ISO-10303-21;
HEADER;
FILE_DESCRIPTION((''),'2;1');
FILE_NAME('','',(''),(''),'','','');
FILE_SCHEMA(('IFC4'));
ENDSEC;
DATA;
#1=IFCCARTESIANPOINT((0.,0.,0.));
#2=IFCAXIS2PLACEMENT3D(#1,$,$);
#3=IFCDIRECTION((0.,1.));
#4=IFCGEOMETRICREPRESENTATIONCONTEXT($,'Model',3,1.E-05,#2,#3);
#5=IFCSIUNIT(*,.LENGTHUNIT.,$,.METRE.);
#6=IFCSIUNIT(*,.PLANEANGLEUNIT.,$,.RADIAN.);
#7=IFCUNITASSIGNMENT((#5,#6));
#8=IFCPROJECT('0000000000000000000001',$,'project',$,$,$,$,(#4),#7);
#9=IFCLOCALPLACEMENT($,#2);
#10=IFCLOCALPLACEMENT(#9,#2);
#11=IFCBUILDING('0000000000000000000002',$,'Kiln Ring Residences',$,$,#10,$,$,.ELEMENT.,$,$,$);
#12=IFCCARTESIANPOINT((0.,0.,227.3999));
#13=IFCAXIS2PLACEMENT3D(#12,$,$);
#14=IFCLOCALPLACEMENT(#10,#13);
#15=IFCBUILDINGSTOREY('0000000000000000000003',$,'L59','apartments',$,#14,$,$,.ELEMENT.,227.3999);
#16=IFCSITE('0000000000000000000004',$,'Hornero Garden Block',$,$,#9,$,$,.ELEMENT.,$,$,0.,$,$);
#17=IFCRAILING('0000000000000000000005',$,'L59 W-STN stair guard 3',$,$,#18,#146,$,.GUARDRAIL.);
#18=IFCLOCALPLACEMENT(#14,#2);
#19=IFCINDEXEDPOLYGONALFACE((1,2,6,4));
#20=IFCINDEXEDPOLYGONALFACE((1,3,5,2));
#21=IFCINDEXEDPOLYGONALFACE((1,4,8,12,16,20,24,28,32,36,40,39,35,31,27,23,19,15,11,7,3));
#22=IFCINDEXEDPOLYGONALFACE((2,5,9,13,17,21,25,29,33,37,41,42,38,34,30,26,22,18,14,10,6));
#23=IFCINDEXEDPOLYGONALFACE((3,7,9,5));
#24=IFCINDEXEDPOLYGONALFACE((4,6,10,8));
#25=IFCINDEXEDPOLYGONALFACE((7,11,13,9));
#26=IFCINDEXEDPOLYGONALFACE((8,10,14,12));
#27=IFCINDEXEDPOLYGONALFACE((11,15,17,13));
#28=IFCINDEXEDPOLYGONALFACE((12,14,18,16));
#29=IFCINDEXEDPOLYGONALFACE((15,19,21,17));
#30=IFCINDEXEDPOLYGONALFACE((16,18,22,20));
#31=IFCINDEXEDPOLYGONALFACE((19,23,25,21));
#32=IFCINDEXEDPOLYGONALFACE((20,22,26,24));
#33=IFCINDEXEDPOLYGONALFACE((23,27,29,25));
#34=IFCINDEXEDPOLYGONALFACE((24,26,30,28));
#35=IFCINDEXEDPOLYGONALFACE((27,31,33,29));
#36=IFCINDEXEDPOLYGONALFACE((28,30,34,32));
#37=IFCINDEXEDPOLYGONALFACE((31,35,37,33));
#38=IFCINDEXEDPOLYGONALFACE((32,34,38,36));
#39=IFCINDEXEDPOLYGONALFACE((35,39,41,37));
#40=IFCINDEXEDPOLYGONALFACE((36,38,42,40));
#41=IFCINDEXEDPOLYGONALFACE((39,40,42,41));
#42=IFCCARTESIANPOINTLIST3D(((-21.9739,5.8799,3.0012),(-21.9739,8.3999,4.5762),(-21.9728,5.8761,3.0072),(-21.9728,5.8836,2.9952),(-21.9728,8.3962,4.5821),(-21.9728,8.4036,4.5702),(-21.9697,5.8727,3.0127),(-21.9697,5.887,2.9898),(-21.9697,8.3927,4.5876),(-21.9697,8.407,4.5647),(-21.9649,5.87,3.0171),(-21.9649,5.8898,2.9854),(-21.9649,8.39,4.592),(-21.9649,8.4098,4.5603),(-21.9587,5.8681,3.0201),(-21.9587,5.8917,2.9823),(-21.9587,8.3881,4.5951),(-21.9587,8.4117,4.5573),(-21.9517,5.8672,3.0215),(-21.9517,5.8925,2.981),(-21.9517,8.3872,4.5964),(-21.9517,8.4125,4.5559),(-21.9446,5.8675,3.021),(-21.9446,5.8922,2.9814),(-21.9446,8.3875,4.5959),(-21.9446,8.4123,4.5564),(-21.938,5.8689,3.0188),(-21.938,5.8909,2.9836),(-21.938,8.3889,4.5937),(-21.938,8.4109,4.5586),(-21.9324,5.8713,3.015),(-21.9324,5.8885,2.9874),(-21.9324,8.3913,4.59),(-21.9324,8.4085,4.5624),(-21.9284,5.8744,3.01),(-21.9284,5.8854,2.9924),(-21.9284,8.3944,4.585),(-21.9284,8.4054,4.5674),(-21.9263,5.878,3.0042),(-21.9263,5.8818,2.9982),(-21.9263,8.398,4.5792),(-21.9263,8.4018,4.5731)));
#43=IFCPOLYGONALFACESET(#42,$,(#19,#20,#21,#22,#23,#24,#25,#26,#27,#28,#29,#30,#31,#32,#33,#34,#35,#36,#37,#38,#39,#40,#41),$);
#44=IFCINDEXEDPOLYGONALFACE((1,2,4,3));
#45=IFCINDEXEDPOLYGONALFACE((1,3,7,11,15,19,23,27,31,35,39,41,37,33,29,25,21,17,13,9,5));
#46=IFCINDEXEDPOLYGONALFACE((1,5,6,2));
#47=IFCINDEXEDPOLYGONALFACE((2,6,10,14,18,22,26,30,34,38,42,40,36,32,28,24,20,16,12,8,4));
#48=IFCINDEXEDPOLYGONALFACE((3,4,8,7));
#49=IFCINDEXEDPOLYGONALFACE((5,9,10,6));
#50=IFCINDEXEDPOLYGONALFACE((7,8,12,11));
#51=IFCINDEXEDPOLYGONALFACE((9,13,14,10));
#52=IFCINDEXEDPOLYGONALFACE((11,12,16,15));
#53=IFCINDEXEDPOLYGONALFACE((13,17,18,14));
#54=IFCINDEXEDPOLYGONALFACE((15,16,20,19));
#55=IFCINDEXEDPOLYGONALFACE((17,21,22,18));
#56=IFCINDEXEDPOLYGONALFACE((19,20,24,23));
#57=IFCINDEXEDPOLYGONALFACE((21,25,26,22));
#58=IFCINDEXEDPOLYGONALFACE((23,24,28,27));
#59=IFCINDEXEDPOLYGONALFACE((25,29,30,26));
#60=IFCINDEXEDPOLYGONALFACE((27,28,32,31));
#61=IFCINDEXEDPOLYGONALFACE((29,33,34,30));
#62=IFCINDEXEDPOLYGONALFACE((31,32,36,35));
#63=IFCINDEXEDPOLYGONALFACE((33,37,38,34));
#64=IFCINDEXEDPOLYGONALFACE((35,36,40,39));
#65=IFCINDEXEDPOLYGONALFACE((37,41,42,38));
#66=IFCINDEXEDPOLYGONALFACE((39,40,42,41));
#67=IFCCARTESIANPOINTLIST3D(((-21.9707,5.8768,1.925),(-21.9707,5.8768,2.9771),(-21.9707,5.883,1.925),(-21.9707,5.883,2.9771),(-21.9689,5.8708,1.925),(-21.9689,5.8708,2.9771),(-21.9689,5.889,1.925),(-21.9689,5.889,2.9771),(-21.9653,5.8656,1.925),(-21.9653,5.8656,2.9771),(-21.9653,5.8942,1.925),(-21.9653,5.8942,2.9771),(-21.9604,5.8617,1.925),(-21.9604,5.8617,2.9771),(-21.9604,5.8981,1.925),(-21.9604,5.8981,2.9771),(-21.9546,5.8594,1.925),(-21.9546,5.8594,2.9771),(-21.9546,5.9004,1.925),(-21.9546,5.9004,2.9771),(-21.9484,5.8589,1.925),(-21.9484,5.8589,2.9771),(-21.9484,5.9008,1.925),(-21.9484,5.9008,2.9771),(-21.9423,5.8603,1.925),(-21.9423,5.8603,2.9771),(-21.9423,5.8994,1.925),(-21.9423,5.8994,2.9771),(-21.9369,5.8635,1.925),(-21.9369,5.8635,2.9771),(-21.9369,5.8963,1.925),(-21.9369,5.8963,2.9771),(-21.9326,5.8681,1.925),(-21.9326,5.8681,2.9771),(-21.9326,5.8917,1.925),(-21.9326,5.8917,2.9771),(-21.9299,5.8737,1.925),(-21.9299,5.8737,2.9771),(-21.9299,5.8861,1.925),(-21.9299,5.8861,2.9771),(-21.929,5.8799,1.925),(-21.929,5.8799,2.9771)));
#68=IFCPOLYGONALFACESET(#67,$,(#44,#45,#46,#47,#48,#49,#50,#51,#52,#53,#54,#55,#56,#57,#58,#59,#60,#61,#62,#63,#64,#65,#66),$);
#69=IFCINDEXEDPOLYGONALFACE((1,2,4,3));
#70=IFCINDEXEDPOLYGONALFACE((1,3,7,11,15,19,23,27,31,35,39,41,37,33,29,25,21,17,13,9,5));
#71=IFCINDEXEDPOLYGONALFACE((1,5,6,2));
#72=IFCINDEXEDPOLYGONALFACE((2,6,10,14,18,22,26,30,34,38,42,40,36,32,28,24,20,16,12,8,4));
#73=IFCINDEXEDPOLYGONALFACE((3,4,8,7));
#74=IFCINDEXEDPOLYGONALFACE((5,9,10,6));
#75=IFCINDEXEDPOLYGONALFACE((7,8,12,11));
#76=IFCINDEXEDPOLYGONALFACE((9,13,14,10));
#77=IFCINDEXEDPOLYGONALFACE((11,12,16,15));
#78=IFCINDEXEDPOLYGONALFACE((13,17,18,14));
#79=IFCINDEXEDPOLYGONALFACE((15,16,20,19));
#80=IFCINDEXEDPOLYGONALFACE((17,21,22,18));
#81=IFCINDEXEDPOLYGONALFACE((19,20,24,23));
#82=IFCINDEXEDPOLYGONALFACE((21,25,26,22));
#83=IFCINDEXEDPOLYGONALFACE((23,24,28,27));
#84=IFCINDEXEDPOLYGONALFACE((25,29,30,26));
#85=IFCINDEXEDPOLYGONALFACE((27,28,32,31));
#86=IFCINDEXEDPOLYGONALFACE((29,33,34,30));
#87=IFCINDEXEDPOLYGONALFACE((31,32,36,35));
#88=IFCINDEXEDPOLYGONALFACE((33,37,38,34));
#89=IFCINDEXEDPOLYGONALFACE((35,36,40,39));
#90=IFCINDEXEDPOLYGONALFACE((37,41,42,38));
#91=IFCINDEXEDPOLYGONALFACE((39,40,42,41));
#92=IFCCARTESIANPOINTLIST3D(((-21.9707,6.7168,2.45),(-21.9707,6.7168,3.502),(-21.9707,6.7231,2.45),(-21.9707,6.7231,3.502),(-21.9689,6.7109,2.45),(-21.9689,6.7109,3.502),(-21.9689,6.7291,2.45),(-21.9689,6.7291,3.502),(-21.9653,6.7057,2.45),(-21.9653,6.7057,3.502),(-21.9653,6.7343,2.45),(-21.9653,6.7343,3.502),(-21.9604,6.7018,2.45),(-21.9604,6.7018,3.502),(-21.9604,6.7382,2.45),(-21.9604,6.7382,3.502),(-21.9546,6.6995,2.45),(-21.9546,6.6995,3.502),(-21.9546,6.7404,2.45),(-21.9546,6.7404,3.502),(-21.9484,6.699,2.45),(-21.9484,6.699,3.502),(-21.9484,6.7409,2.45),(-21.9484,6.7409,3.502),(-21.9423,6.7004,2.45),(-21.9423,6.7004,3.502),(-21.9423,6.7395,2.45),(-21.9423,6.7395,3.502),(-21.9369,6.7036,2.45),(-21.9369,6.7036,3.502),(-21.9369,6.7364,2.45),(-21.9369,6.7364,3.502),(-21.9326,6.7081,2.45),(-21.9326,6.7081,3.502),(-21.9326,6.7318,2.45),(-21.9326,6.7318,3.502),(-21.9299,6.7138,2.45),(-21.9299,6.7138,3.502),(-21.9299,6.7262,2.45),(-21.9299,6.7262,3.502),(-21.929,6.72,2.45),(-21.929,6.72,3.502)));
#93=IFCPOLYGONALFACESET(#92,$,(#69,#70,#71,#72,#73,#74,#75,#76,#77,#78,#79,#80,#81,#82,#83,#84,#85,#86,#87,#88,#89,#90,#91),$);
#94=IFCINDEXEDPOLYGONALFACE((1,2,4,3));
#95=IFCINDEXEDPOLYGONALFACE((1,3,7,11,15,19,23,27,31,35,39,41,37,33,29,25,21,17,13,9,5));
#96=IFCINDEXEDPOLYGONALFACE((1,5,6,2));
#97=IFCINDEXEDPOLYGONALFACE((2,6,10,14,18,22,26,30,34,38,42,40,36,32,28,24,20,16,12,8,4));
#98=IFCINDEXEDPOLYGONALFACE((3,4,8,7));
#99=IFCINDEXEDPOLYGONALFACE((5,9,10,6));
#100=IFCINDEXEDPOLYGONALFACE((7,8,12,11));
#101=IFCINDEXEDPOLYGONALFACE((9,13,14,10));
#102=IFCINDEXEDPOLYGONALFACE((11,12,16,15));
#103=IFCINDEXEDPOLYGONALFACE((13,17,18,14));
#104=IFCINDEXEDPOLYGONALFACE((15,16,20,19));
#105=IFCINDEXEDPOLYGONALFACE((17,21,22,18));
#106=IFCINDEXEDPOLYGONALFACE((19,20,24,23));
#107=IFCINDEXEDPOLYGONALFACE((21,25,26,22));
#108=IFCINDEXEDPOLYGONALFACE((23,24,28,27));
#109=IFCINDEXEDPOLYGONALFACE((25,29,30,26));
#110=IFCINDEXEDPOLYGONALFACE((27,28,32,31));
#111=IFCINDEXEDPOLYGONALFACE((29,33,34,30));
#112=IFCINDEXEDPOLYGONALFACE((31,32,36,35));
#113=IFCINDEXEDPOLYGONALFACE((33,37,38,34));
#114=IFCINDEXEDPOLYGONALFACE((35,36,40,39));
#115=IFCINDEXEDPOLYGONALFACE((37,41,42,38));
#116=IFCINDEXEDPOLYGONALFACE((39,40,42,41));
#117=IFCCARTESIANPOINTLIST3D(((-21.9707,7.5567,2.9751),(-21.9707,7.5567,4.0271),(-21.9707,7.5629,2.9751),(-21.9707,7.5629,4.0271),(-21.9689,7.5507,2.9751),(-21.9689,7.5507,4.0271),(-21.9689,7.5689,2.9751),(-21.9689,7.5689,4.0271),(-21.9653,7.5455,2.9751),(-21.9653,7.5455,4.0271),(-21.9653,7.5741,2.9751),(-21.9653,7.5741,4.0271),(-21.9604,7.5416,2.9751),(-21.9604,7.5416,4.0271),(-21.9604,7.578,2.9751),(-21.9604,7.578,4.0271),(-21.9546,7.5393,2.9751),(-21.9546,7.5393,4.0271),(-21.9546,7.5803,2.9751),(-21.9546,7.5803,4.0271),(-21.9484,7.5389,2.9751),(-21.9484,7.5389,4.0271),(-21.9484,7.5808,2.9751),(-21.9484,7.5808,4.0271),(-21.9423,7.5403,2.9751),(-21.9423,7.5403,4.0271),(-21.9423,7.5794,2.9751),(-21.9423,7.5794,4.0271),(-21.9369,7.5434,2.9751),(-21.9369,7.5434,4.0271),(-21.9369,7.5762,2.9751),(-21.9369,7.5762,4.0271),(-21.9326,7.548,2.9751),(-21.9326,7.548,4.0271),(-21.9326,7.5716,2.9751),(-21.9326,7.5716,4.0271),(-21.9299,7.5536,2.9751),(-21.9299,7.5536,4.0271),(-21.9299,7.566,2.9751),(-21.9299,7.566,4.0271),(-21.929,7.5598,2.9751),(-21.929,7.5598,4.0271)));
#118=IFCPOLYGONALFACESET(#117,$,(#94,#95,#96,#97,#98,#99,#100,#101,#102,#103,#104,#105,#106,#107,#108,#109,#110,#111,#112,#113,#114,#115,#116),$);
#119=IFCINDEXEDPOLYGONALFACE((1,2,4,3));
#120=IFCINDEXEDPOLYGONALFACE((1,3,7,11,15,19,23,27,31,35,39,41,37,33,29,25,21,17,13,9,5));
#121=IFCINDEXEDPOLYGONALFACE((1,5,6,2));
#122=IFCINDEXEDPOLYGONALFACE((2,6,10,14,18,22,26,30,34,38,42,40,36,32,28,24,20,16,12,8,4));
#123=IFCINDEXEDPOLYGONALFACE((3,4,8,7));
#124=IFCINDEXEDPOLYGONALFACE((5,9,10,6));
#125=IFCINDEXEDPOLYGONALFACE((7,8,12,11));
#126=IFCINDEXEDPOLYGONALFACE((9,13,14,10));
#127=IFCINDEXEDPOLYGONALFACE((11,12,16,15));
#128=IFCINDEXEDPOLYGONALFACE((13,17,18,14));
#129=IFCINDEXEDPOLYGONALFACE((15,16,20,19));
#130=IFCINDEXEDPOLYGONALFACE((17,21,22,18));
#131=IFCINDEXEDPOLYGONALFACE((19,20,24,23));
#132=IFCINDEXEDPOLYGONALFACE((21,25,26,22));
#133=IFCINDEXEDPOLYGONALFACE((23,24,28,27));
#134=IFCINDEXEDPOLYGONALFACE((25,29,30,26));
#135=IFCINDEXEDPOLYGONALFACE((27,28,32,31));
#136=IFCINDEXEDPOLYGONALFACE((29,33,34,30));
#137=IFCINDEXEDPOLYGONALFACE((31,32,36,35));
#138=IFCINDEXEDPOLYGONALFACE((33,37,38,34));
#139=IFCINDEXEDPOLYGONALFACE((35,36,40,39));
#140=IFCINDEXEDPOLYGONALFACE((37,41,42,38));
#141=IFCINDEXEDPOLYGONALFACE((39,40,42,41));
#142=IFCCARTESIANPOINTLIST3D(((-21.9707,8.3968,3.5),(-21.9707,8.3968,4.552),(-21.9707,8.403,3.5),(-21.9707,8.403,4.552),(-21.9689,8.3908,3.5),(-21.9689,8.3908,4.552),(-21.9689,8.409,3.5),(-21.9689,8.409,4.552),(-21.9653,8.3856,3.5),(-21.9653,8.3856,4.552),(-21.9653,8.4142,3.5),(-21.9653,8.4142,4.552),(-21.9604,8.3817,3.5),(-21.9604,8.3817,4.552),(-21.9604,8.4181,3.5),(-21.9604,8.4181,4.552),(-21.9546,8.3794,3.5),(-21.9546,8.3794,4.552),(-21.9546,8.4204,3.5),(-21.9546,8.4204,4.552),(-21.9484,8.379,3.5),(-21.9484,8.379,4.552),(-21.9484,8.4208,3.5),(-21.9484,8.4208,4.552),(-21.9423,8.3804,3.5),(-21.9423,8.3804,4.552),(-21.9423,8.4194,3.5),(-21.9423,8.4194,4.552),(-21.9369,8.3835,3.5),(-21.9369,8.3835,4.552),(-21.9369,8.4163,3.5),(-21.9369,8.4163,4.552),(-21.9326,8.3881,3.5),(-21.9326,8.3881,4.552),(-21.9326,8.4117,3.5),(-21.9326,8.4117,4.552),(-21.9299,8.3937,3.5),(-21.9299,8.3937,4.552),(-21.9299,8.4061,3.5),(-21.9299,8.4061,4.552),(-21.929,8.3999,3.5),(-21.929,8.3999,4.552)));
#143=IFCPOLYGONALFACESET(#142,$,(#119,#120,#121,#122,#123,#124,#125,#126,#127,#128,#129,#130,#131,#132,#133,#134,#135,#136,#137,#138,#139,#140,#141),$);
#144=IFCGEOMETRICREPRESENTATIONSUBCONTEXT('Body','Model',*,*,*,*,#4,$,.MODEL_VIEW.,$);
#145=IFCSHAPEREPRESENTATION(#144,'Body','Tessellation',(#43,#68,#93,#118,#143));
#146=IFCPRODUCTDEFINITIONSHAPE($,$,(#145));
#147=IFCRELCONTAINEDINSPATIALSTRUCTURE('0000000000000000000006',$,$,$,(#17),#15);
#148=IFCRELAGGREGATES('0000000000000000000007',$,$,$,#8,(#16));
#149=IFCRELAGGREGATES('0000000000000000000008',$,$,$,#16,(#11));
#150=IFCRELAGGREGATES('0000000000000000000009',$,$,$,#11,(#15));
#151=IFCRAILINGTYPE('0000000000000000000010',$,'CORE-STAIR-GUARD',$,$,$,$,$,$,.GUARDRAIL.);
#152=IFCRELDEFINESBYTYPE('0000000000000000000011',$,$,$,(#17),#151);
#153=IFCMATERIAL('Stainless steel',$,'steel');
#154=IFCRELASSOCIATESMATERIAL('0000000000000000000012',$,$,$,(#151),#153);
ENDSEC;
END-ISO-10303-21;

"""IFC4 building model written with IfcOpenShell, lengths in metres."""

from ifc_helpers import new_model, si_unit, direction, frame, origin, origin_2d, place, context, subcontext, project, spatial, circle, extrude, material, type_object, element, save


model = new_model("IFC4")

# Units and contexts
model_context = context("Model", 3, precision=1e-05, world=origin(), true_north=direction((0.0, 1.0)))
body_context = subcontext(model_context, "Body", "Model", "MODEL_VIEW")
ifc_project = project(units=[si_unit("LENGTHUNIT", "METRE"), si_unit("PLANEANGLEUNIT", "RADIAN")], contexts=[model_context])

# Site, building, storey
site_placement = place(None, origin())
site = spatial("IfcSite", under=ifc_project, at=site_placement, Name="Hornero Garden Block", CompositionType="ELEMENT", RefElevation=0.0)
building_placement = place(site_placement, origin())
building = spatial("IfcBuilding", under=site, at=building_placement, Name="Kiln Ring Residences", CompositionType="ELEMENT")
storey_placement = place(building_placement, frame((0.0, 0.0, 227.3999)))
storey = spatial("IfcBuildingStorey", under=building, at=storey_placement, Name="L59", Description="apartments", CompositionType="ELEMENT", Elevation=227.3999)

# Railing
ifc_material_1 = material(Name="Stainless steel", Category="steel")
railing_type_1 = type_object("IfcRailingType", Name="CORE-STAIR-GUARD", PredefinedType="GUARDRAIL", material=ifc_material_1)
railing_1_placement = place(storey_placement, frame((-21.95, 5.8799, 1.925)))
element("IfcRailing", 1, at=railing_1_placement, inside=storey, type_object=railing_type_1, Name="L59 W-STN stair guard 3", PredefinedType="GUARDRAIL", context=body_context, shape_type="SweptSolid", body=[
    extrude(circle(Radius=0.0239, at=origin_2d()), frame((0.0, 0.0, 1.0762), z_axis=(0.0, 0.848008, 0.529984), x_axis=(-1.0, 0.0, 0.0)), (0.0, 0.0, 1.0), 2.9717),
    extrude(circle(Radius=0.021, at=origin_2d()), origin(), (0.0, 0.0, 1.0), 1.052),
    extrude(circle(Radius=0.021, at=origin_2d()), frame((0.0, 0.8401, 0.5249)), (0.0, 0.0, 1.0), 1.052),
    extrude(circle(Radius=0.021, at=origin_2d()), frame((0.0, 1.6799, 1.05)), (0.0, 0.0, 1.0), 1.052),
    extrude(circle(Radius=0.021, at=origin_2d()), frame((0.0, 2.52, 1.575)), (0.0, 0.0, 1.0), 1.052),
])

save(model, "model.ifc")
